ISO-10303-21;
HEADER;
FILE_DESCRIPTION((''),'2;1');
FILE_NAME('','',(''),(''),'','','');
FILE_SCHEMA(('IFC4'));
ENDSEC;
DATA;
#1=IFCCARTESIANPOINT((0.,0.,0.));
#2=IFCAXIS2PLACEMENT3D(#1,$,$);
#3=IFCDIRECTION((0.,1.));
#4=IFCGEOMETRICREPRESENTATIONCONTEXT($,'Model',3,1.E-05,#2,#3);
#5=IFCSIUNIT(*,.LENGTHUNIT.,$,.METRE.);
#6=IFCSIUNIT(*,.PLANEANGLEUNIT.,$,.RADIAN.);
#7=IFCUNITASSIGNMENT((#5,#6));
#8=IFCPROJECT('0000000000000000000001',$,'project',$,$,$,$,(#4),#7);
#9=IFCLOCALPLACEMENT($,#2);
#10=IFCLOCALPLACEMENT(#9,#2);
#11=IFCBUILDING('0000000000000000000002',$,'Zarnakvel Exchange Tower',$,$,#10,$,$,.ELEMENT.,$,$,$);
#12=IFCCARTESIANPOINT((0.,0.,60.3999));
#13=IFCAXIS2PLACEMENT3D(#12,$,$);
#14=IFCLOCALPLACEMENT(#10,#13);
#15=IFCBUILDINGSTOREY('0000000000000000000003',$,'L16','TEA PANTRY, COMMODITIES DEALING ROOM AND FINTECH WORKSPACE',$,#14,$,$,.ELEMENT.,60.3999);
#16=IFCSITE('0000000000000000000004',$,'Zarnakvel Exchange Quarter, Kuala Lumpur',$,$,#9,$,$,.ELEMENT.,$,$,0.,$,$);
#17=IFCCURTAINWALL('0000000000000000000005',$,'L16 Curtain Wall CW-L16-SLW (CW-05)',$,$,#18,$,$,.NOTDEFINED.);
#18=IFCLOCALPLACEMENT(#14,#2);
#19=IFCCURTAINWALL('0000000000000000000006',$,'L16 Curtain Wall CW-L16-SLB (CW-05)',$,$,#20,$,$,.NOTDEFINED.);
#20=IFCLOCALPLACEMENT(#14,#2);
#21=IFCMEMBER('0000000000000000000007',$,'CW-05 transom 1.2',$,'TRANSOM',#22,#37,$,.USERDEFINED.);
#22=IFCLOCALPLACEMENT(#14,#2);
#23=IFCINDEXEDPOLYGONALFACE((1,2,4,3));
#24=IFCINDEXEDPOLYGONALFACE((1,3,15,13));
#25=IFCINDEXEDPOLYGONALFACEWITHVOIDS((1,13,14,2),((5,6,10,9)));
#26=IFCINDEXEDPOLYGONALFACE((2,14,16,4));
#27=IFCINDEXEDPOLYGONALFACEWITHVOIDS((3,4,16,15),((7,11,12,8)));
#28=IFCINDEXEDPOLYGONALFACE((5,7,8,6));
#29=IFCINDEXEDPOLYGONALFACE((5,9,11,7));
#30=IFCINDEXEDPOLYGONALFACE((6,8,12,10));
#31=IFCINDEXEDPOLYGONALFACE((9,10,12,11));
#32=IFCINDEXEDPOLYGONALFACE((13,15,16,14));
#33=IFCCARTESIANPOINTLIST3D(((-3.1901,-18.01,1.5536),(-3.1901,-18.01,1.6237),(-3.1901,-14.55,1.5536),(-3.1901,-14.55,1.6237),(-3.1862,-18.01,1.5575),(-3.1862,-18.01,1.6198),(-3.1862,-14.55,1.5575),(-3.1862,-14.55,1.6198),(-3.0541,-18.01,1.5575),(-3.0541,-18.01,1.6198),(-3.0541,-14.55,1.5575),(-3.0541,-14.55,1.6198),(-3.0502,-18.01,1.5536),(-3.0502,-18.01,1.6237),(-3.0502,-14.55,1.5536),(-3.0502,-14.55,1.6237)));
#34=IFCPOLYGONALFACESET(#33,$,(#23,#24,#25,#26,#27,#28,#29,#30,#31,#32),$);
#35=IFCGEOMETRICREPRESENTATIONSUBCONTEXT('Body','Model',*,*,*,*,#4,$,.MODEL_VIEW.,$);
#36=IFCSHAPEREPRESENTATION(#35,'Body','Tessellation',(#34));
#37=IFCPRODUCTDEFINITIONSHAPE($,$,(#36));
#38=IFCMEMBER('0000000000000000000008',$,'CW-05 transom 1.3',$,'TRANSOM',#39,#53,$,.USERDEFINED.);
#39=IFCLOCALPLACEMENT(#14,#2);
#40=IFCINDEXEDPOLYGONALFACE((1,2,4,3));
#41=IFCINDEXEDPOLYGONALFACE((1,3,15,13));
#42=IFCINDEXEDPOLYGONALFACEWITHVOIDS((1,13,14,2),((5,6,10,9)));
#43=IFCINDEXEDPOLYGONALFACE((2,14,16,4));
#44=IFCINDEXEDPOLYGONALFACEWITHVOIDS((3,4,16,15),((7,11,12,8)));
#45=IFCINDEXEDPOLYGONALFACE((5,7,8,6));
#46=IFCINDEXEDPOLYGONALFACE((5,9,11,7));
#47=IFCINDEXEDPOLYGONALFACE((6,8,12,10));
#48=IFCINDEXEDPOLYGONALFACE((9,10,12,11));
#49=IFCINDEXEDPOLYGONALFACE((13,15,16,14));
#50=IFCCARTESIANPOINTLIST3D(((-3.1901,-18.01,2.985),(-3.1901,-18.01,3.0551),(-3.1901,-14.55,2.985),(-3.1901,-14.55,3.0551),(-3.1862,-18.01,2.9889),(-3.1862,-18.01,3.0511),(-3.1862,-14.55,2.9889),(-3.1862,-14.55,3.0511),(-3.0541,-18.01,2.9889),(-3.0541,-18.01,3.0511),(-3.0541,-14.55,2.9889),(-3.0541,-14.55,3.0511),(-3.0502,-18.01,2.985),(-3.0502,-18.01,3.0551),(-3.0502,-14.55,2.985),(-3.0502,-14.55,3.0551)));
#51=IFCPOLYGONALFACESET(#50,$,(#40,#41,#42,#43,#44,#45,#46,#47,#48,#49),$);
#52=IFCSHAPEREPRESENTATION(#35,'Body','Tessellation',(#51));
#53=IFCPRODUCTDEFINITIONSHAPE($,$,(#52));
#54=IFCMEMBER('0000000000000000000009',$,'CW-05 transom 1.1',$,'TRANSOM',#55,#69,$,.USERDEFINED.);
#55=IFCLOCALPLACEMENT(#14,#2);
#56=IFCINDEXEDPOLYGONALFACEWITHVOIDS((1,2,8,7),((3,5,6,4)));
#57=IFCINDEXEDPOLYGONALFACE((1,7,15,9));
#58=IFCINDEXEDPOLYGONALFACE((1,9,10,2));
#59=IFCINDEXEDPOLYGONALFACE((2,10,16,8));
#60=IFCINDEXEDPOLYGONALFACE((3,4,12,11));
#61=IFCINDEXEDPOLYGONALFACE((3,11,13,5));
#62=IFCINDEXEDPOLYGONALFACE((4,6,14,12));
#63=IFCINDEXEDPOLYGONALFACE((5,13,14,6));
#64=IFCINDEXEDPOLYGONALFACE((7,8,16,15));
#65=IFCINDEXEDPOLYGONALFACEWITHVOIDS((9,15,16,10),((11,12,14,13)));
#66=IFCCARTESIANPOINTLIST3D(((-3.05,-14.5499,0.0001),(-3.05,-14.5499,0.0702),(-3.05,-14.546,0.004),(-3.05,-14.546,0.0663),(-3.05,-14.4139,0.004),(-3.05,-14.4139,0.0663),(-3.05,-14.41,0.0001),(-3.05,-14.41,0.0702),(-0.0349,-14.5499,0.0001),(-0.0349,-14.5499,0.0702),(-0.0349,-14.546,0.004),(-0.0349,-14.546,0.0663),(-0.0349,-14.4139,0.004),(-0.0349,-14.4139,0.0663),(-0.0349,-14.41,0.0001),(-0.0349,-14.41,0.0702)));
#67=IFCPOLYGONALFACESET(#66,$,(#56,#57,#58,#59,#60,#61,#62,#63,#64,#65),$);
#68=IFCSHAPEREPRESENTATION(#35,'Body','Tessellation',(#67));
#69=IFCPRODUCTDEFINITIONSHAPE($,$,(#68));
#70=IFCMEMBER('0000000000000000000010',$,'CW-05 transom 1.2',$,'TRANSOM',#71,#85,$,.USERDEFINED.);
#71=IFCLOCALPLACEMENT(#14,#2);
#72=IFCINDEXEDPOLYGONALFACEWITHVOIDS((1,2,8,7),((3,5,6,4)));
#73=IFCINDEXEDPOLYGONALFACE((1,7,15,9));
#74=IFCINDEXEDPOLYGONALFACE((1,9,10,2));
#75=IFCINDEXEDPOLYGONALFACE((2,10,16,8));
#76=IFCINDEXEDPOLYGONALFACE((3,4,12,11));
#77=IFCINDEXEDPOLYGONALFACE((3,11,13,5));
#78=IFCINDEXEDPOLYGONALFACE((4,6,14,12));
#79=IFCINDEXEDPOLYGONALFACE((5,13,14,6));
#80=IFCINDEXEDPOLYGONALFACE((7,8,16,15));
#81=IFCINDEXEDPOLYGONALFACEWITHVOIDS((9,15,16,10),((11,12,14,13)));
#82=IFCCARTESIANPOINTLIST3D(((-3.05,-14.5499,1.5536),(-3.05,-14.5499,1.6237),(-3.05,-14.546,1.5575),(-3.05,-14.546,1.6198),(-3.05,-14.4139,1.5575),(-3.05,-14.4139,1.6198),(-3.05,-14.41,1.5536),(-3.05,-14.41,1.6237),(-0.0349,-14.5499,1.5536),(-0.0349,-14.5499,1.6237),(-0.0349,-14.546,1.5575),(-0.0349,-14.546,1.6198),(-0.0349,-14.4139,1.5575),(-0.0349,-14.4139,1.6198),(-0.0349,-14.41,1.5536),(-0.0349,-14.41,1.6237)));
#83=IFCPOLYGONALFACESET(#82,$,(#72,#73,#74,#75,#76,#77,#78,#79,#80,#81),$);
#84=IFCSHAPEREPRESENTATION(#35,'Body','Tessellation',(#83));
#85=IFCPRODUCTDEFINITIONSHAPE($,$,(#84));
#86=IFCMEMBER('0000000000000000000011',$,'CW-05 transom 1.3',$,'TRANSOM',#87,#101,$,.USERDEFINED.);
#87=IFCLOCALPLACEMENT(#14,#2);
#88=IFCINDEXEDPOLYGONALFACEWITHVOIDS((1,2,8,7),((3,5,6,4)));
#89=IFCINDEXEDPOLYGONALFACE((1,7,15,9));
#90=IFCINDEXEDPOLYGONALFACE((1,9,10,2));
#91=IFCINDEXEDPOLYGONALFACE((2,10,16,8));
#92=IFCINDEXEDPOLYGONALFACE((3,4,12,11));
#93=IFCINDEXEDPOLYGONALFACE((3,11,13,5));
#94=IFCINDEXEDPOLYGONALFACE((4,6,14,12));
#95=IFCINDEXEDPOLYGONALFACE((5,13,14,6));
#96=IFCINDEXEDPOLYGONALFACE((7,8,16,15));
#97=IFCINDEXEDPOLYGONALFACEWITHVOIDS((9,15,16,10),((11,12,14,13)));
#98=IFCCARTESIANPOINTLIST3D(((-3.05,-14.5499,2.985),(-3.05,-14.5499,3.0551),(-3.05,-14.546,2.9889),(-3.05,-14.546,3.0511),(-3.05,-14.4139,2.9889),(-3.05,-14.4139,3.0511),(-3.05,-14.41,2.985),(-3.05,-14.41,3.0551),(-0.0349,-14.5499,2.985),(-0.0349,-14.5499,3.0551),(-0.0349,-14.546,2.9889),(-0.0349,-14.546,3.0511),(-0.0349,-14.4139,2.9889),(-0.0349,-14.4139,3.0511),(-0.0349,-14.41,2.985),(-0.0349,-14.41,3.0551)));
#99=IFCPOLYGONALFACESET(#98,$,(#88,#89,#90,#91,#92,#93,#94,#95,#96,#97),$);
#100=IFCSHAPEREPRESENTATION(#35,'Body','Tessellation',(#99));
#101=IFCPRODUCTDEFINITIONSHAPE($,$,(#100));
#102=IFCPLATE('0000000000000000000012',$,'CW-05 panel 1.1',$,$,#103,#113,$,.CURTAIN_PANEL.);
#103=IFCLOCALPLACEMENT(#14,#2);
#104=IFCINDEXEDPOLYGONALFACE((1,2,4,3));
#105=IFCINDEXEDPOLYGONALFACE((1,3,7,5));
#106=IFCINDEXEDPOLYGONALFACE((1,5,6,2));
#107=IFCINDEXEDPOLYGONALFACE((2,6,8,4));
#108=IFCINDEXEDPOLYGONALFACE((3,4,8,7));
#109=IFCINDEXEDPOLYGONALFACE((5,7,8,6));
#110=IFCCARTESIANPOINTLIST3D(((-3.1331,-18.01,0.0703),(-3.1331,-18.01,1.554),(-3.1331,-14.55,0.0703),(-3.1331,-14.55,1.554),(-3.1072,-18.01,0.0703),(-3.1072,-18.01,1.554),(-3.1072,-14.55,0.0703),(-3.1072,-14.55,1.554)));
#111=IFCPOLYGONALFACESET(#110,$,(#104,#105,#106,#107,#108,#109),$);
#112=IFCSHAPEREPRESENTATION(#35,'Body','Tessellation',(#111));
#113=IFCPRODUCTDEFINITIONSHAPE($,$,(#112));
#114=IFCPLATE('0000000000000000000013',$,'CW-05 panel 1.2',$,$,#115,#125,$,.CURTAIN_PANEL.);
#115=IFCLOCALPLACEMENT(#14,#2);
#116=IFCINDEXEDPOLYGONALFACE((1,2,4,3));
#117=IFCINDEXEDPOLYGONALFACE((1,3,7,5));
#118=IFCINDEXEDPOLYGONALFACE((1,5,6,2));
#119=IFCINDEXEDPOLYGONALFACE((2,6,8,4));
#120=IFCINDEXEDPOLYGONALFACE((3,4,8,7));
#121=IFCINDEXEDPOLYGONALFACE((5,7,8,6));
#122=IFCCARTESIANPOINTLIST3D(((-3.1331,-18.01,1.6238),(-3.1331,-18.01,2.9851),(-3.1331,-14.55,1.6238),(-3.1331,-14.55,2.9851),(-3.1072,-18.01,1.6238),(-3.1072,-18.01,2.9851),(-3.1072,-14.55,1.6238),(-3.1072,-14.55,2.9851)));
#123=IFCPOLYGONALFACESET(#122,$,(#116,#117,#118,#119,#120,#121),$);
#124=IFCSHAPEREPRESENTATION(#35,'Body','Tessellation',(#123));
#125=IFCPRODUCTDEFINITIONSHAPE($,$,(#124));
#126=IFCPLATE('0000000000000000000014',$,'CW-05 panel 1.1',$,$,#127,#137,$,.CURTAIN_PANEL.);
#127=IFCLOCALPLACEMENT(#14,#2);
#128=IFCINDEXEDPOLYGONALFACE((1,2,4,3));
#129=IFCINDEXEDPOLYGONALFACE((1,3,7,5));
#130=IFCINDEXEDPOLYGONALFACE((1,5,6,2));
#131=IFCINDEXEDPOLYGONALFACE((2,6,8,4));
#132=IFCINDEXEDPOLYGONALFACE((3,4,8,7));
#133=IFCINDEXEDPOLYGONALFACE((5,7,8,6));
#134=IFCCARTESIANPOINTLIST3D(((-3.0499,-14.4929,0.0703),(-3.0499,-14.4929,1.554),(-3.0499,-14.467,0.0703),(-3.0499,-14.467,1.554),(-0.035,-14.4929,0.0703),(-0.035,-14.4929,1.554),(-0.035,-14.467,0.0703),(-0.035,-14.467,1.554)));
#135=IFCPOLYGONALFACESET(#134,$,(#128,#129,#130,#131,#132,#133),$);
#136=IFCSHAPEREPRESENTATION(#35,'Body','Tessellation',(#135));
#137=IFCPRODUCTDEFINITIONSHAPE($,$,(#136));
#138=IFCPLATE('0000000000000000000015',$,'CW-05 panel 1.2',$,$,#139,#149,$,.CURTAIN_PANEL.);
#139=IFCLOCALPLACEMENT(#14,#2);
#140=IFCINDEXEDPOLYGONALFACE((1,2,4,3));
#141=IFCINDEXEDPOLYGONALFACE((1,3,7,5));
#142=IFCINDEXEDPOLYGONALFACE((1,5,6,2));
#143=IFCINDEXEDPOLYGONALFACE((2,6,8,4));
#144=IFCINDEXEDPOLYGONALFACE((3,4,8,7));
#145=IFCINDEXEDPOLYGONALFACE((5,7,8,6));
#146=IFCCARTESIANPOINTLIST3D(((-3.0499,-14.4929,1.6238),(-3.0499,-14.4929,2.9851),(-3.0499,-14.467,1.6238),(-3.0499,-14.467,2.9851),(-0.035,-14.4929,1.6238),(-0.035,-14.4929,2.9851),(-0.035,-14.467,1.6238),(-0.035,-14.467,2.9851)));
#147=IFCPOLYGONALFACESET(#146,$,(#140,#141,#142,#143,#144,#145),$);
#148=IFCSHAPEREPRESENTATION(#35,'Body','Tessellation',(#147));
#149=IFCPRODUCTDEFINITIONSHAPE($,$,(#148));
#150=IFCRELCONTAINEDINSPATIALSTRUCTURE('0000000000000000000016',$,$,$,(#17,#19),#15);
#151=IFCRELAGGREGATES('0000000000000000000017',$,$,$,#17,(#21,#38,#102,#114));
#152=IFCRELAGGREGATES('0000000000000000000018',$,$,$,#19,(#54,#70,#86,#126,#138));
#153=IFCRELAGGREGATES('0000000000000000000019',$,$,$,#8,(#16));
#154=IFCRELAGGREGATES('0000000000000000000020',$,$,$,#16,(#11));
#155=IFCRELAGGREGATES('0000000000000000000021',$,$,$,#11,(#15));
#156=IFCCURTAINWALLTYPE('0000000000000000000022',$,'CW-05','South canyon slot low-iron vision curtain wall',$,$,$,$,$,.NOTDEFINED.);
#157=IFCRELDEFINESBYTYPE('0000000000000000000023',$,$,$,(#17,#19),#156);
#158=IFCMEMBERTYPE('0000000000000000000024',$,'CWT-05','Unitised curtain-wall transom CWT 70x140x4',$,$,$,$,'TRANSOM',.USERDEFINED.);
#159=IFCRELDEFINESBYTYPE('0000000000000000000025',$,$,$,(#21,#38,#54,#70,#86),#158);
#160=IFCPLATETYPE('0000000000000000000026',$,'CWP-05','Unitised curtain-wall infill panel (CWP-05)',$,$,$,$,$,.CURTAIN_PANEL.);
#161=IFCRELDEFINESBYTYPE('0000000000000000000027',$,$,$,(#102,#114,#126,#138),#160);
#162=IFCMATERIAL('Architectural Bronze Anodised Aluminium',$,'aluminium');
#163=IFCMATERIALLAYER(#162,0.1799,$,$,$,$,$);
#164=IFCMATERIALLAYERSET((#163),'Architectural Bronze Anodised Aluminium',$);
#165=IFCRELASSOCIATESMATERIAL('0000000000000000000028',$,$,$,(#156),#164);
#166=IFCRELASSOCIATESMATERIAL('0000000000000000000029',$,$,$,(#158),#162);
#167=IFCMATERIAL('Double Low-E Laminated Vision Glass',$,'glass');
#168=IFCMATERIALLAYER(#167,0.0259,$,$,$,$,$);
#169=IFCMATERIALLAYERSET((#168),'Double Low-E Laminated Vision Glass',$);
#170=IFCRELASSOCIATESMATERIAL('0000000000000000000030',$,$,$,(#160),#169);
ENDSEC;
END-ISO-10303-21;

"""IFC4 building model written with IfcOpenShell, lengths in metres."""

from ifc_helpers import new_model, si_unit, direction, frame, origin, origin_2d, place, context, subcontext, project, spatial, rectangle, hollow_rectangle, extrude, source, transform, mapped, material, layer, layer_set, material_profile, profile_set, type_object, element, aggregate, save


model = new_model("IFC4")

# Units and contexts
model_context = context("Model", 3, precision=1e-05, world=origin(), true_north=direction((0.0, 1.0)))
body_context = subcontext(model_context, "Body", "Model", "MODEL_VIEW")
ifc_project = project(units=[si_unit("LENGTHUNIT", "METRE"), si_unit("PLANEANGLEUNIT", "RADIAN")], contexts=[model_context])

# Site, building, storey
site_placement = place(None, origin())
site = spatial("IfcSite", under=ifc_project, at=site_placement, Name="Zarnakvel Exchange Quarter, Kuala Lumpur", CompositionType="ELEMENT", RefElevation=0.0)
building_placement = place(site_placement, origin())
building = spatial("IfcBuilding", under=site, at=building_placement, Name="Zarnakvel Exchange Tower", CompositionType="ELEMENT")
storey_placement = place(building_placement, frame((0.0, 0.0, 60.3999)))
storey = spatial("IfcBuildingStorey", under=building, at=storey_placement, Name="L16", Description="TEA PANTRY, COMMODITIES DEALING ROOM AND FINTECH WORKSPACE", CompositionType="ELEMENT", Elevation=60.3999)

# Curtain walls
ifc_material_1 = material(Name="Architectural Bronze Anodised Aluminium", Category="aluminium")
ifc_layer_1 = layer(ifc_material_1, 0.1799)
ifc_layer_set_1 = layer_set([ifc_layer_1], Name="Architectural Bronze Anodised Aluminium")
curtain_wall_type = type_object("IfcCurtainWallType", Name="CW-05", Description="South canyon slot low-iron vision curtain wall", PredefinedType="NOTDEFINED", material=ifc_layer_set_1)
curtain_wall_1_placement = place(storey_placement, origin())
curtain_wall_1 = element("IfcCurtainWall", 1, at=curtain_wall_1_placement, inside=storey, type_object=curtain_wall_type, Name="L16 Curtain Wall CW-L16-SLW (CW-05)", PredefinedType="NOTDEFINED")
curtain_wall_2_placement = place(storey_placement, origin())
curtain_wall_2 = element("IfcCurtainWall", 2, at=curtain_wall_2_placement, inside=storey, type_object=curtain_wall_type, Name="L16 Curtain Wall CW-L16-SLB (CW-05)", PredefinedType="NOTDEFINED")

# Members
ifc_material_profile_1 = material_profile(ifc_material_1, hollow_rectangle(XDim=0.1399, YDim=0.0701, WallThickness=0.0039, at=origin_2d()))
ifc_profile_set_1 = profile_set([ifc_material_profile_1], Name="Architectural Bronze Anodised Aluminium")
member_type_1 = type_object("IfcMemberType", Name="CWT-05", Description="Unitised curtain-wall transom CWT 70x140x4", ElementType="TRANSOM", PredefinedType="USERDEFINED", material=ifc_profile_set_1)
shared_shape_1 = source(origin(), body_context, "Body", "SweptSolid", [
    extrude(hollow_rectangle(XDim=0.1399, YDim=0.0701, WallThickness=0.0039, at=origin_2d()), origin(), (0.0, 0.0, 1.0), 3.46),
])
member_1_placement = place(storey_placement, frame((-3.1201, -18.01, 1.5886), z_axis=(0.0, 1.0, 0.0), x_axis=(-1.0, 0.0, 0.0)))
member_1 = element("IfcMember", 3, at=member_1_placement, type_object=member_type_1, Name="CW-05 transom 1.2", ObjectType="TRANSOM", PredefinedType="USERDEFINED", context=body_context, shape_type="MappedRepresentation", body=[
    mapped(shared_shape_1, transform((0.0, 0.0, 0.0), x_axis=(1.0, 0.0, 0.0), y_axis=(0.0, 1.0, 0.0), z_axis=(0.0, 0.0, 1.0), scale=1.0)),
])
member_2_placement = place(storey_placement, frame((-3.1201, -18.01, 3.02), z_axis=(0.0, 1.0, 0.0), x_axis=(-1.0, 0.0, 0.0)))
member_2 = element("IfcMember", 4, at=member_2_placement, type_object=member_type_1, Name="CW-05 transom 1.3", ObjectType="TRANSOM", PredefinedType="USERDEFINED", context=body_context, shape_type="MappedRepresentation", body=[
    mapped(shared_shape_1, transform((0.0, 0.0, 0.0), x_axis=(1.0, 0.0, 0.0), y_axis=(0.0, 1.0, 0.0), z_axis=(0.0, 0.0, 1.0), scale=1.0)),
])
shared_shape_2 = source(origin(), body_context, "Body", "SweptSolid", [
    extrude(hollow_rectangle(XDim=0.1399, YDim=0.0701, WallThickness=0.0039, at=origin_2d()), origin(), (0.0, 0.0, 1.0), 3.0151),
])
member_3_placement = place(storey_placement, frame((-3.05, -14.48, 0.0352), z_axis=(1.0, 0.0, 0.0), x_axis=(0.0, 1.0, 0.0)))
member_3 = element("IfcMember", 5, at=member_3_placement, type_object=member_type_1, Name="CW-05 transom 1.1", ObjectType="TRANSOM", PredefinedType="USERDEFINED", context=body_context, shape_type="MappedRepresentation", body=[
    mapped(shared_shape_2, transform((0.0, 0.0, 0.0), x_axis=(1.0, 0.0, 0.0), y_axis=(0.0, 1.0, 0.0), z_axis=(0.0, 0.0, 1.0), scale=1.0)),
])
member_4_placement = place(storey_placement, frame((-3.05, -14.48, 1.5886), z_axis=(1.0, 0.0, 0.0), x_axis=(0.0, 1.0, 0.0)))
member_4 = element("IfcMember", 6, at=member_4_placement, type_object=member_type_1, Name="CW-05 transom 1.2", ObjectType="TRANSOM", PredefinedType="USERDEFINED", context=body_context, shape_type="MappedRepresentation", body=[
    mapped(shared_shape_2, transform((0.0, 0.0, 0.0), x_axis=(1.0, 0.0, 0.0), y_axis=(0.0, 1.0, 0.0), z_axis=(0.0, 0.0, 1.0), scale=1.0)),
])
member_5_placement = place(storey_placement, frame((-3.05, -14.48, 3.02), z_axis=(1.0, 0.0, 0.0), x_axis=(0.0, 1.0, 0.0)))
member_5 = element("IfcMember", 7, at=member_5_placement, type_object=member_type_1, Name="CW-05 transom 1.3", ObjectType="TRANSOM", PredefinedType="USERDEFINED", context=body_context, shape_type="MappedRepresentation", body=[
    mapped(shared_shape_2, transform((0.0, 0.0, 0.0), x_axis=(1.0, 0.0, 0.0), y_axis=(0.0, 1.0, 0.0), z_axis=(0.0, 0.0, 1.0), scale=1.0)),
])

# Plates
ifc_material_2 = material(Name="Double Low-E Laminated Vision Glass", Category="glass")
ifc_layer_2 = layer(ifc_material_2, 0.0259)
ifc_layer_set_2 = layer_set([ifc_layer_2], Name="Double Low-E Laminated Vision Glass")
plate_type = type_object("IfcPlateType", Name="CWP-05", Description="Unitised curtain-wall infill panel (CWP-05)", PredefinedType="CURTAIN_PANEL", material=ifc_layer_set_2)
shared_shape_3 = source(origin(), body_context, "Body", "SweptSolid", [
    extrude(rectangle(XDim=3.46, YDim=0.0259, at=origin_2d()), origin(), (0.0, 0.0, 1.0), 1.4836),
])
plate_1_placement = place(storey_placement, frame((-3.1201, -16.28, 0.0703), z_axis=(0.0, 0.0, 1.0), x_axis=(0.0, 1.0, 0.0)))
plate_1 = element("IfcPlate", 8, at=plate_1_placement, type_object=plate_type, Name="CW-05 panel 1.1", PredefinedType="CURTAIN_PANEL", context=body_context, shape_type="MappedRepresentation", body=[
    mapped(shared_shape_3, transform((0.0, 0.0, 0.0), x_axis=(1.0, 0.0, 0.0), y_axis=(0.0, 1.0, 0.0), z_axis=(0.0, 0.0, 1.0), scale=1.0)),
])
shared_shape_4 = source(origin(), body_context, "Body", "SweptSolid", [
    extrude(rectangle(XDim=3.46, YDim=0.0259, at=origin_2d()), origin(), (0.0, 0.0, 1.0), 1.3613),
])
plate_2_placement = place(storey_placement, frame((-3.1201, -16.28, 1.6238), z_axis=(0.0, 0.0, 1.0), x_axis=(0.0, 1.0, 0.0)))
plate_2 = element("IfcPlate", 9, at=plate_2_placement, type_object=plate_type, Name="CW-05 panel 1.2", PredefinedType="CURTAIN_PANEL", context=body_context, shape_type="MappedRepresentation", body=[
    mapped(shared_shape_4, transform((0.0, 0.0, 0.0), x_axis=(1.0, 0.0, 0.0), y_axis=(0.0, 1.0, 0.0), z_axis=(0.0, 0.0, 1.0), scale=1.0)),
])
aggregate(curtain_wall_1, [member_1, member_2, plate_1, plate_2])
shared_shape_5 = source(origin(), body_context, "Body", "SweptSolid", [
    extrude(rectangle(XDim=3.0149, YDim=0.0259, at=origin_2d()), origin(), (0.0, 0.0, 1.0), 1.4836),
])
plate_3_placement = place(storey_placement, frame((-1.5425, -14.48, 0.0703), z_axis=(0.0, 0.0, 1.0), x_axis=(1.0, 0.0, 0.0)))
plate_3 = element("IfcPlate", 10, at=plate_3_placement, type_object=plate_type, Name="CW-05 panel 1.1", PredefinedType="CURTAIN_PANEL", context=body_context, shape_type="MappedRepresentation", body=[
    mapped(shared_shape_5, transform((0.0, 0.0, 0.0), x_axis=(1.0, 0.0, 0.0), y_axis=(0.0, 1.0, 0.0), z_axis=(0.0, 0.0, 1.0), scale=1.0)),
])
shared_shape_6 = source(origin(), body_context, "Body", "SweptSolid", [
    extrude(rectangle(XDim=3.0149, YDim=0.0259, at=origin_2d()), origin(), (0.0, 0.0, 1.0), 1.3613),
])
plate_4_placement = place(storey_placement, frame((-1.5425, -14.48, 1.6238), z_axis=(0.0, 0.0, 1.0), x_axis=(1.0, 0.0, 0.0)))
plate_4 = element("IfcPlate", 11, at=plate_4_placement, type_object=plate_type, Name="CW-05 panel 1.2", PredefinedType="CURTAIN_PANEL", context=body_context, shape_type="MappedRepresentation", body=[
    mapped(shared_shape_6, transform((0.0, 0.0, 0.0), x_axis=(1.0, 0.0, 0.0), y_axis=(0.0, 1.0, 0.0), z_axis=(0.0, 0.0, 1.0), scale=1.0)),
])
aggregate(curtain_wall_2, [member_3, member_4, member_5, plate_3, plate_4])

save(model, "model.ifc")
